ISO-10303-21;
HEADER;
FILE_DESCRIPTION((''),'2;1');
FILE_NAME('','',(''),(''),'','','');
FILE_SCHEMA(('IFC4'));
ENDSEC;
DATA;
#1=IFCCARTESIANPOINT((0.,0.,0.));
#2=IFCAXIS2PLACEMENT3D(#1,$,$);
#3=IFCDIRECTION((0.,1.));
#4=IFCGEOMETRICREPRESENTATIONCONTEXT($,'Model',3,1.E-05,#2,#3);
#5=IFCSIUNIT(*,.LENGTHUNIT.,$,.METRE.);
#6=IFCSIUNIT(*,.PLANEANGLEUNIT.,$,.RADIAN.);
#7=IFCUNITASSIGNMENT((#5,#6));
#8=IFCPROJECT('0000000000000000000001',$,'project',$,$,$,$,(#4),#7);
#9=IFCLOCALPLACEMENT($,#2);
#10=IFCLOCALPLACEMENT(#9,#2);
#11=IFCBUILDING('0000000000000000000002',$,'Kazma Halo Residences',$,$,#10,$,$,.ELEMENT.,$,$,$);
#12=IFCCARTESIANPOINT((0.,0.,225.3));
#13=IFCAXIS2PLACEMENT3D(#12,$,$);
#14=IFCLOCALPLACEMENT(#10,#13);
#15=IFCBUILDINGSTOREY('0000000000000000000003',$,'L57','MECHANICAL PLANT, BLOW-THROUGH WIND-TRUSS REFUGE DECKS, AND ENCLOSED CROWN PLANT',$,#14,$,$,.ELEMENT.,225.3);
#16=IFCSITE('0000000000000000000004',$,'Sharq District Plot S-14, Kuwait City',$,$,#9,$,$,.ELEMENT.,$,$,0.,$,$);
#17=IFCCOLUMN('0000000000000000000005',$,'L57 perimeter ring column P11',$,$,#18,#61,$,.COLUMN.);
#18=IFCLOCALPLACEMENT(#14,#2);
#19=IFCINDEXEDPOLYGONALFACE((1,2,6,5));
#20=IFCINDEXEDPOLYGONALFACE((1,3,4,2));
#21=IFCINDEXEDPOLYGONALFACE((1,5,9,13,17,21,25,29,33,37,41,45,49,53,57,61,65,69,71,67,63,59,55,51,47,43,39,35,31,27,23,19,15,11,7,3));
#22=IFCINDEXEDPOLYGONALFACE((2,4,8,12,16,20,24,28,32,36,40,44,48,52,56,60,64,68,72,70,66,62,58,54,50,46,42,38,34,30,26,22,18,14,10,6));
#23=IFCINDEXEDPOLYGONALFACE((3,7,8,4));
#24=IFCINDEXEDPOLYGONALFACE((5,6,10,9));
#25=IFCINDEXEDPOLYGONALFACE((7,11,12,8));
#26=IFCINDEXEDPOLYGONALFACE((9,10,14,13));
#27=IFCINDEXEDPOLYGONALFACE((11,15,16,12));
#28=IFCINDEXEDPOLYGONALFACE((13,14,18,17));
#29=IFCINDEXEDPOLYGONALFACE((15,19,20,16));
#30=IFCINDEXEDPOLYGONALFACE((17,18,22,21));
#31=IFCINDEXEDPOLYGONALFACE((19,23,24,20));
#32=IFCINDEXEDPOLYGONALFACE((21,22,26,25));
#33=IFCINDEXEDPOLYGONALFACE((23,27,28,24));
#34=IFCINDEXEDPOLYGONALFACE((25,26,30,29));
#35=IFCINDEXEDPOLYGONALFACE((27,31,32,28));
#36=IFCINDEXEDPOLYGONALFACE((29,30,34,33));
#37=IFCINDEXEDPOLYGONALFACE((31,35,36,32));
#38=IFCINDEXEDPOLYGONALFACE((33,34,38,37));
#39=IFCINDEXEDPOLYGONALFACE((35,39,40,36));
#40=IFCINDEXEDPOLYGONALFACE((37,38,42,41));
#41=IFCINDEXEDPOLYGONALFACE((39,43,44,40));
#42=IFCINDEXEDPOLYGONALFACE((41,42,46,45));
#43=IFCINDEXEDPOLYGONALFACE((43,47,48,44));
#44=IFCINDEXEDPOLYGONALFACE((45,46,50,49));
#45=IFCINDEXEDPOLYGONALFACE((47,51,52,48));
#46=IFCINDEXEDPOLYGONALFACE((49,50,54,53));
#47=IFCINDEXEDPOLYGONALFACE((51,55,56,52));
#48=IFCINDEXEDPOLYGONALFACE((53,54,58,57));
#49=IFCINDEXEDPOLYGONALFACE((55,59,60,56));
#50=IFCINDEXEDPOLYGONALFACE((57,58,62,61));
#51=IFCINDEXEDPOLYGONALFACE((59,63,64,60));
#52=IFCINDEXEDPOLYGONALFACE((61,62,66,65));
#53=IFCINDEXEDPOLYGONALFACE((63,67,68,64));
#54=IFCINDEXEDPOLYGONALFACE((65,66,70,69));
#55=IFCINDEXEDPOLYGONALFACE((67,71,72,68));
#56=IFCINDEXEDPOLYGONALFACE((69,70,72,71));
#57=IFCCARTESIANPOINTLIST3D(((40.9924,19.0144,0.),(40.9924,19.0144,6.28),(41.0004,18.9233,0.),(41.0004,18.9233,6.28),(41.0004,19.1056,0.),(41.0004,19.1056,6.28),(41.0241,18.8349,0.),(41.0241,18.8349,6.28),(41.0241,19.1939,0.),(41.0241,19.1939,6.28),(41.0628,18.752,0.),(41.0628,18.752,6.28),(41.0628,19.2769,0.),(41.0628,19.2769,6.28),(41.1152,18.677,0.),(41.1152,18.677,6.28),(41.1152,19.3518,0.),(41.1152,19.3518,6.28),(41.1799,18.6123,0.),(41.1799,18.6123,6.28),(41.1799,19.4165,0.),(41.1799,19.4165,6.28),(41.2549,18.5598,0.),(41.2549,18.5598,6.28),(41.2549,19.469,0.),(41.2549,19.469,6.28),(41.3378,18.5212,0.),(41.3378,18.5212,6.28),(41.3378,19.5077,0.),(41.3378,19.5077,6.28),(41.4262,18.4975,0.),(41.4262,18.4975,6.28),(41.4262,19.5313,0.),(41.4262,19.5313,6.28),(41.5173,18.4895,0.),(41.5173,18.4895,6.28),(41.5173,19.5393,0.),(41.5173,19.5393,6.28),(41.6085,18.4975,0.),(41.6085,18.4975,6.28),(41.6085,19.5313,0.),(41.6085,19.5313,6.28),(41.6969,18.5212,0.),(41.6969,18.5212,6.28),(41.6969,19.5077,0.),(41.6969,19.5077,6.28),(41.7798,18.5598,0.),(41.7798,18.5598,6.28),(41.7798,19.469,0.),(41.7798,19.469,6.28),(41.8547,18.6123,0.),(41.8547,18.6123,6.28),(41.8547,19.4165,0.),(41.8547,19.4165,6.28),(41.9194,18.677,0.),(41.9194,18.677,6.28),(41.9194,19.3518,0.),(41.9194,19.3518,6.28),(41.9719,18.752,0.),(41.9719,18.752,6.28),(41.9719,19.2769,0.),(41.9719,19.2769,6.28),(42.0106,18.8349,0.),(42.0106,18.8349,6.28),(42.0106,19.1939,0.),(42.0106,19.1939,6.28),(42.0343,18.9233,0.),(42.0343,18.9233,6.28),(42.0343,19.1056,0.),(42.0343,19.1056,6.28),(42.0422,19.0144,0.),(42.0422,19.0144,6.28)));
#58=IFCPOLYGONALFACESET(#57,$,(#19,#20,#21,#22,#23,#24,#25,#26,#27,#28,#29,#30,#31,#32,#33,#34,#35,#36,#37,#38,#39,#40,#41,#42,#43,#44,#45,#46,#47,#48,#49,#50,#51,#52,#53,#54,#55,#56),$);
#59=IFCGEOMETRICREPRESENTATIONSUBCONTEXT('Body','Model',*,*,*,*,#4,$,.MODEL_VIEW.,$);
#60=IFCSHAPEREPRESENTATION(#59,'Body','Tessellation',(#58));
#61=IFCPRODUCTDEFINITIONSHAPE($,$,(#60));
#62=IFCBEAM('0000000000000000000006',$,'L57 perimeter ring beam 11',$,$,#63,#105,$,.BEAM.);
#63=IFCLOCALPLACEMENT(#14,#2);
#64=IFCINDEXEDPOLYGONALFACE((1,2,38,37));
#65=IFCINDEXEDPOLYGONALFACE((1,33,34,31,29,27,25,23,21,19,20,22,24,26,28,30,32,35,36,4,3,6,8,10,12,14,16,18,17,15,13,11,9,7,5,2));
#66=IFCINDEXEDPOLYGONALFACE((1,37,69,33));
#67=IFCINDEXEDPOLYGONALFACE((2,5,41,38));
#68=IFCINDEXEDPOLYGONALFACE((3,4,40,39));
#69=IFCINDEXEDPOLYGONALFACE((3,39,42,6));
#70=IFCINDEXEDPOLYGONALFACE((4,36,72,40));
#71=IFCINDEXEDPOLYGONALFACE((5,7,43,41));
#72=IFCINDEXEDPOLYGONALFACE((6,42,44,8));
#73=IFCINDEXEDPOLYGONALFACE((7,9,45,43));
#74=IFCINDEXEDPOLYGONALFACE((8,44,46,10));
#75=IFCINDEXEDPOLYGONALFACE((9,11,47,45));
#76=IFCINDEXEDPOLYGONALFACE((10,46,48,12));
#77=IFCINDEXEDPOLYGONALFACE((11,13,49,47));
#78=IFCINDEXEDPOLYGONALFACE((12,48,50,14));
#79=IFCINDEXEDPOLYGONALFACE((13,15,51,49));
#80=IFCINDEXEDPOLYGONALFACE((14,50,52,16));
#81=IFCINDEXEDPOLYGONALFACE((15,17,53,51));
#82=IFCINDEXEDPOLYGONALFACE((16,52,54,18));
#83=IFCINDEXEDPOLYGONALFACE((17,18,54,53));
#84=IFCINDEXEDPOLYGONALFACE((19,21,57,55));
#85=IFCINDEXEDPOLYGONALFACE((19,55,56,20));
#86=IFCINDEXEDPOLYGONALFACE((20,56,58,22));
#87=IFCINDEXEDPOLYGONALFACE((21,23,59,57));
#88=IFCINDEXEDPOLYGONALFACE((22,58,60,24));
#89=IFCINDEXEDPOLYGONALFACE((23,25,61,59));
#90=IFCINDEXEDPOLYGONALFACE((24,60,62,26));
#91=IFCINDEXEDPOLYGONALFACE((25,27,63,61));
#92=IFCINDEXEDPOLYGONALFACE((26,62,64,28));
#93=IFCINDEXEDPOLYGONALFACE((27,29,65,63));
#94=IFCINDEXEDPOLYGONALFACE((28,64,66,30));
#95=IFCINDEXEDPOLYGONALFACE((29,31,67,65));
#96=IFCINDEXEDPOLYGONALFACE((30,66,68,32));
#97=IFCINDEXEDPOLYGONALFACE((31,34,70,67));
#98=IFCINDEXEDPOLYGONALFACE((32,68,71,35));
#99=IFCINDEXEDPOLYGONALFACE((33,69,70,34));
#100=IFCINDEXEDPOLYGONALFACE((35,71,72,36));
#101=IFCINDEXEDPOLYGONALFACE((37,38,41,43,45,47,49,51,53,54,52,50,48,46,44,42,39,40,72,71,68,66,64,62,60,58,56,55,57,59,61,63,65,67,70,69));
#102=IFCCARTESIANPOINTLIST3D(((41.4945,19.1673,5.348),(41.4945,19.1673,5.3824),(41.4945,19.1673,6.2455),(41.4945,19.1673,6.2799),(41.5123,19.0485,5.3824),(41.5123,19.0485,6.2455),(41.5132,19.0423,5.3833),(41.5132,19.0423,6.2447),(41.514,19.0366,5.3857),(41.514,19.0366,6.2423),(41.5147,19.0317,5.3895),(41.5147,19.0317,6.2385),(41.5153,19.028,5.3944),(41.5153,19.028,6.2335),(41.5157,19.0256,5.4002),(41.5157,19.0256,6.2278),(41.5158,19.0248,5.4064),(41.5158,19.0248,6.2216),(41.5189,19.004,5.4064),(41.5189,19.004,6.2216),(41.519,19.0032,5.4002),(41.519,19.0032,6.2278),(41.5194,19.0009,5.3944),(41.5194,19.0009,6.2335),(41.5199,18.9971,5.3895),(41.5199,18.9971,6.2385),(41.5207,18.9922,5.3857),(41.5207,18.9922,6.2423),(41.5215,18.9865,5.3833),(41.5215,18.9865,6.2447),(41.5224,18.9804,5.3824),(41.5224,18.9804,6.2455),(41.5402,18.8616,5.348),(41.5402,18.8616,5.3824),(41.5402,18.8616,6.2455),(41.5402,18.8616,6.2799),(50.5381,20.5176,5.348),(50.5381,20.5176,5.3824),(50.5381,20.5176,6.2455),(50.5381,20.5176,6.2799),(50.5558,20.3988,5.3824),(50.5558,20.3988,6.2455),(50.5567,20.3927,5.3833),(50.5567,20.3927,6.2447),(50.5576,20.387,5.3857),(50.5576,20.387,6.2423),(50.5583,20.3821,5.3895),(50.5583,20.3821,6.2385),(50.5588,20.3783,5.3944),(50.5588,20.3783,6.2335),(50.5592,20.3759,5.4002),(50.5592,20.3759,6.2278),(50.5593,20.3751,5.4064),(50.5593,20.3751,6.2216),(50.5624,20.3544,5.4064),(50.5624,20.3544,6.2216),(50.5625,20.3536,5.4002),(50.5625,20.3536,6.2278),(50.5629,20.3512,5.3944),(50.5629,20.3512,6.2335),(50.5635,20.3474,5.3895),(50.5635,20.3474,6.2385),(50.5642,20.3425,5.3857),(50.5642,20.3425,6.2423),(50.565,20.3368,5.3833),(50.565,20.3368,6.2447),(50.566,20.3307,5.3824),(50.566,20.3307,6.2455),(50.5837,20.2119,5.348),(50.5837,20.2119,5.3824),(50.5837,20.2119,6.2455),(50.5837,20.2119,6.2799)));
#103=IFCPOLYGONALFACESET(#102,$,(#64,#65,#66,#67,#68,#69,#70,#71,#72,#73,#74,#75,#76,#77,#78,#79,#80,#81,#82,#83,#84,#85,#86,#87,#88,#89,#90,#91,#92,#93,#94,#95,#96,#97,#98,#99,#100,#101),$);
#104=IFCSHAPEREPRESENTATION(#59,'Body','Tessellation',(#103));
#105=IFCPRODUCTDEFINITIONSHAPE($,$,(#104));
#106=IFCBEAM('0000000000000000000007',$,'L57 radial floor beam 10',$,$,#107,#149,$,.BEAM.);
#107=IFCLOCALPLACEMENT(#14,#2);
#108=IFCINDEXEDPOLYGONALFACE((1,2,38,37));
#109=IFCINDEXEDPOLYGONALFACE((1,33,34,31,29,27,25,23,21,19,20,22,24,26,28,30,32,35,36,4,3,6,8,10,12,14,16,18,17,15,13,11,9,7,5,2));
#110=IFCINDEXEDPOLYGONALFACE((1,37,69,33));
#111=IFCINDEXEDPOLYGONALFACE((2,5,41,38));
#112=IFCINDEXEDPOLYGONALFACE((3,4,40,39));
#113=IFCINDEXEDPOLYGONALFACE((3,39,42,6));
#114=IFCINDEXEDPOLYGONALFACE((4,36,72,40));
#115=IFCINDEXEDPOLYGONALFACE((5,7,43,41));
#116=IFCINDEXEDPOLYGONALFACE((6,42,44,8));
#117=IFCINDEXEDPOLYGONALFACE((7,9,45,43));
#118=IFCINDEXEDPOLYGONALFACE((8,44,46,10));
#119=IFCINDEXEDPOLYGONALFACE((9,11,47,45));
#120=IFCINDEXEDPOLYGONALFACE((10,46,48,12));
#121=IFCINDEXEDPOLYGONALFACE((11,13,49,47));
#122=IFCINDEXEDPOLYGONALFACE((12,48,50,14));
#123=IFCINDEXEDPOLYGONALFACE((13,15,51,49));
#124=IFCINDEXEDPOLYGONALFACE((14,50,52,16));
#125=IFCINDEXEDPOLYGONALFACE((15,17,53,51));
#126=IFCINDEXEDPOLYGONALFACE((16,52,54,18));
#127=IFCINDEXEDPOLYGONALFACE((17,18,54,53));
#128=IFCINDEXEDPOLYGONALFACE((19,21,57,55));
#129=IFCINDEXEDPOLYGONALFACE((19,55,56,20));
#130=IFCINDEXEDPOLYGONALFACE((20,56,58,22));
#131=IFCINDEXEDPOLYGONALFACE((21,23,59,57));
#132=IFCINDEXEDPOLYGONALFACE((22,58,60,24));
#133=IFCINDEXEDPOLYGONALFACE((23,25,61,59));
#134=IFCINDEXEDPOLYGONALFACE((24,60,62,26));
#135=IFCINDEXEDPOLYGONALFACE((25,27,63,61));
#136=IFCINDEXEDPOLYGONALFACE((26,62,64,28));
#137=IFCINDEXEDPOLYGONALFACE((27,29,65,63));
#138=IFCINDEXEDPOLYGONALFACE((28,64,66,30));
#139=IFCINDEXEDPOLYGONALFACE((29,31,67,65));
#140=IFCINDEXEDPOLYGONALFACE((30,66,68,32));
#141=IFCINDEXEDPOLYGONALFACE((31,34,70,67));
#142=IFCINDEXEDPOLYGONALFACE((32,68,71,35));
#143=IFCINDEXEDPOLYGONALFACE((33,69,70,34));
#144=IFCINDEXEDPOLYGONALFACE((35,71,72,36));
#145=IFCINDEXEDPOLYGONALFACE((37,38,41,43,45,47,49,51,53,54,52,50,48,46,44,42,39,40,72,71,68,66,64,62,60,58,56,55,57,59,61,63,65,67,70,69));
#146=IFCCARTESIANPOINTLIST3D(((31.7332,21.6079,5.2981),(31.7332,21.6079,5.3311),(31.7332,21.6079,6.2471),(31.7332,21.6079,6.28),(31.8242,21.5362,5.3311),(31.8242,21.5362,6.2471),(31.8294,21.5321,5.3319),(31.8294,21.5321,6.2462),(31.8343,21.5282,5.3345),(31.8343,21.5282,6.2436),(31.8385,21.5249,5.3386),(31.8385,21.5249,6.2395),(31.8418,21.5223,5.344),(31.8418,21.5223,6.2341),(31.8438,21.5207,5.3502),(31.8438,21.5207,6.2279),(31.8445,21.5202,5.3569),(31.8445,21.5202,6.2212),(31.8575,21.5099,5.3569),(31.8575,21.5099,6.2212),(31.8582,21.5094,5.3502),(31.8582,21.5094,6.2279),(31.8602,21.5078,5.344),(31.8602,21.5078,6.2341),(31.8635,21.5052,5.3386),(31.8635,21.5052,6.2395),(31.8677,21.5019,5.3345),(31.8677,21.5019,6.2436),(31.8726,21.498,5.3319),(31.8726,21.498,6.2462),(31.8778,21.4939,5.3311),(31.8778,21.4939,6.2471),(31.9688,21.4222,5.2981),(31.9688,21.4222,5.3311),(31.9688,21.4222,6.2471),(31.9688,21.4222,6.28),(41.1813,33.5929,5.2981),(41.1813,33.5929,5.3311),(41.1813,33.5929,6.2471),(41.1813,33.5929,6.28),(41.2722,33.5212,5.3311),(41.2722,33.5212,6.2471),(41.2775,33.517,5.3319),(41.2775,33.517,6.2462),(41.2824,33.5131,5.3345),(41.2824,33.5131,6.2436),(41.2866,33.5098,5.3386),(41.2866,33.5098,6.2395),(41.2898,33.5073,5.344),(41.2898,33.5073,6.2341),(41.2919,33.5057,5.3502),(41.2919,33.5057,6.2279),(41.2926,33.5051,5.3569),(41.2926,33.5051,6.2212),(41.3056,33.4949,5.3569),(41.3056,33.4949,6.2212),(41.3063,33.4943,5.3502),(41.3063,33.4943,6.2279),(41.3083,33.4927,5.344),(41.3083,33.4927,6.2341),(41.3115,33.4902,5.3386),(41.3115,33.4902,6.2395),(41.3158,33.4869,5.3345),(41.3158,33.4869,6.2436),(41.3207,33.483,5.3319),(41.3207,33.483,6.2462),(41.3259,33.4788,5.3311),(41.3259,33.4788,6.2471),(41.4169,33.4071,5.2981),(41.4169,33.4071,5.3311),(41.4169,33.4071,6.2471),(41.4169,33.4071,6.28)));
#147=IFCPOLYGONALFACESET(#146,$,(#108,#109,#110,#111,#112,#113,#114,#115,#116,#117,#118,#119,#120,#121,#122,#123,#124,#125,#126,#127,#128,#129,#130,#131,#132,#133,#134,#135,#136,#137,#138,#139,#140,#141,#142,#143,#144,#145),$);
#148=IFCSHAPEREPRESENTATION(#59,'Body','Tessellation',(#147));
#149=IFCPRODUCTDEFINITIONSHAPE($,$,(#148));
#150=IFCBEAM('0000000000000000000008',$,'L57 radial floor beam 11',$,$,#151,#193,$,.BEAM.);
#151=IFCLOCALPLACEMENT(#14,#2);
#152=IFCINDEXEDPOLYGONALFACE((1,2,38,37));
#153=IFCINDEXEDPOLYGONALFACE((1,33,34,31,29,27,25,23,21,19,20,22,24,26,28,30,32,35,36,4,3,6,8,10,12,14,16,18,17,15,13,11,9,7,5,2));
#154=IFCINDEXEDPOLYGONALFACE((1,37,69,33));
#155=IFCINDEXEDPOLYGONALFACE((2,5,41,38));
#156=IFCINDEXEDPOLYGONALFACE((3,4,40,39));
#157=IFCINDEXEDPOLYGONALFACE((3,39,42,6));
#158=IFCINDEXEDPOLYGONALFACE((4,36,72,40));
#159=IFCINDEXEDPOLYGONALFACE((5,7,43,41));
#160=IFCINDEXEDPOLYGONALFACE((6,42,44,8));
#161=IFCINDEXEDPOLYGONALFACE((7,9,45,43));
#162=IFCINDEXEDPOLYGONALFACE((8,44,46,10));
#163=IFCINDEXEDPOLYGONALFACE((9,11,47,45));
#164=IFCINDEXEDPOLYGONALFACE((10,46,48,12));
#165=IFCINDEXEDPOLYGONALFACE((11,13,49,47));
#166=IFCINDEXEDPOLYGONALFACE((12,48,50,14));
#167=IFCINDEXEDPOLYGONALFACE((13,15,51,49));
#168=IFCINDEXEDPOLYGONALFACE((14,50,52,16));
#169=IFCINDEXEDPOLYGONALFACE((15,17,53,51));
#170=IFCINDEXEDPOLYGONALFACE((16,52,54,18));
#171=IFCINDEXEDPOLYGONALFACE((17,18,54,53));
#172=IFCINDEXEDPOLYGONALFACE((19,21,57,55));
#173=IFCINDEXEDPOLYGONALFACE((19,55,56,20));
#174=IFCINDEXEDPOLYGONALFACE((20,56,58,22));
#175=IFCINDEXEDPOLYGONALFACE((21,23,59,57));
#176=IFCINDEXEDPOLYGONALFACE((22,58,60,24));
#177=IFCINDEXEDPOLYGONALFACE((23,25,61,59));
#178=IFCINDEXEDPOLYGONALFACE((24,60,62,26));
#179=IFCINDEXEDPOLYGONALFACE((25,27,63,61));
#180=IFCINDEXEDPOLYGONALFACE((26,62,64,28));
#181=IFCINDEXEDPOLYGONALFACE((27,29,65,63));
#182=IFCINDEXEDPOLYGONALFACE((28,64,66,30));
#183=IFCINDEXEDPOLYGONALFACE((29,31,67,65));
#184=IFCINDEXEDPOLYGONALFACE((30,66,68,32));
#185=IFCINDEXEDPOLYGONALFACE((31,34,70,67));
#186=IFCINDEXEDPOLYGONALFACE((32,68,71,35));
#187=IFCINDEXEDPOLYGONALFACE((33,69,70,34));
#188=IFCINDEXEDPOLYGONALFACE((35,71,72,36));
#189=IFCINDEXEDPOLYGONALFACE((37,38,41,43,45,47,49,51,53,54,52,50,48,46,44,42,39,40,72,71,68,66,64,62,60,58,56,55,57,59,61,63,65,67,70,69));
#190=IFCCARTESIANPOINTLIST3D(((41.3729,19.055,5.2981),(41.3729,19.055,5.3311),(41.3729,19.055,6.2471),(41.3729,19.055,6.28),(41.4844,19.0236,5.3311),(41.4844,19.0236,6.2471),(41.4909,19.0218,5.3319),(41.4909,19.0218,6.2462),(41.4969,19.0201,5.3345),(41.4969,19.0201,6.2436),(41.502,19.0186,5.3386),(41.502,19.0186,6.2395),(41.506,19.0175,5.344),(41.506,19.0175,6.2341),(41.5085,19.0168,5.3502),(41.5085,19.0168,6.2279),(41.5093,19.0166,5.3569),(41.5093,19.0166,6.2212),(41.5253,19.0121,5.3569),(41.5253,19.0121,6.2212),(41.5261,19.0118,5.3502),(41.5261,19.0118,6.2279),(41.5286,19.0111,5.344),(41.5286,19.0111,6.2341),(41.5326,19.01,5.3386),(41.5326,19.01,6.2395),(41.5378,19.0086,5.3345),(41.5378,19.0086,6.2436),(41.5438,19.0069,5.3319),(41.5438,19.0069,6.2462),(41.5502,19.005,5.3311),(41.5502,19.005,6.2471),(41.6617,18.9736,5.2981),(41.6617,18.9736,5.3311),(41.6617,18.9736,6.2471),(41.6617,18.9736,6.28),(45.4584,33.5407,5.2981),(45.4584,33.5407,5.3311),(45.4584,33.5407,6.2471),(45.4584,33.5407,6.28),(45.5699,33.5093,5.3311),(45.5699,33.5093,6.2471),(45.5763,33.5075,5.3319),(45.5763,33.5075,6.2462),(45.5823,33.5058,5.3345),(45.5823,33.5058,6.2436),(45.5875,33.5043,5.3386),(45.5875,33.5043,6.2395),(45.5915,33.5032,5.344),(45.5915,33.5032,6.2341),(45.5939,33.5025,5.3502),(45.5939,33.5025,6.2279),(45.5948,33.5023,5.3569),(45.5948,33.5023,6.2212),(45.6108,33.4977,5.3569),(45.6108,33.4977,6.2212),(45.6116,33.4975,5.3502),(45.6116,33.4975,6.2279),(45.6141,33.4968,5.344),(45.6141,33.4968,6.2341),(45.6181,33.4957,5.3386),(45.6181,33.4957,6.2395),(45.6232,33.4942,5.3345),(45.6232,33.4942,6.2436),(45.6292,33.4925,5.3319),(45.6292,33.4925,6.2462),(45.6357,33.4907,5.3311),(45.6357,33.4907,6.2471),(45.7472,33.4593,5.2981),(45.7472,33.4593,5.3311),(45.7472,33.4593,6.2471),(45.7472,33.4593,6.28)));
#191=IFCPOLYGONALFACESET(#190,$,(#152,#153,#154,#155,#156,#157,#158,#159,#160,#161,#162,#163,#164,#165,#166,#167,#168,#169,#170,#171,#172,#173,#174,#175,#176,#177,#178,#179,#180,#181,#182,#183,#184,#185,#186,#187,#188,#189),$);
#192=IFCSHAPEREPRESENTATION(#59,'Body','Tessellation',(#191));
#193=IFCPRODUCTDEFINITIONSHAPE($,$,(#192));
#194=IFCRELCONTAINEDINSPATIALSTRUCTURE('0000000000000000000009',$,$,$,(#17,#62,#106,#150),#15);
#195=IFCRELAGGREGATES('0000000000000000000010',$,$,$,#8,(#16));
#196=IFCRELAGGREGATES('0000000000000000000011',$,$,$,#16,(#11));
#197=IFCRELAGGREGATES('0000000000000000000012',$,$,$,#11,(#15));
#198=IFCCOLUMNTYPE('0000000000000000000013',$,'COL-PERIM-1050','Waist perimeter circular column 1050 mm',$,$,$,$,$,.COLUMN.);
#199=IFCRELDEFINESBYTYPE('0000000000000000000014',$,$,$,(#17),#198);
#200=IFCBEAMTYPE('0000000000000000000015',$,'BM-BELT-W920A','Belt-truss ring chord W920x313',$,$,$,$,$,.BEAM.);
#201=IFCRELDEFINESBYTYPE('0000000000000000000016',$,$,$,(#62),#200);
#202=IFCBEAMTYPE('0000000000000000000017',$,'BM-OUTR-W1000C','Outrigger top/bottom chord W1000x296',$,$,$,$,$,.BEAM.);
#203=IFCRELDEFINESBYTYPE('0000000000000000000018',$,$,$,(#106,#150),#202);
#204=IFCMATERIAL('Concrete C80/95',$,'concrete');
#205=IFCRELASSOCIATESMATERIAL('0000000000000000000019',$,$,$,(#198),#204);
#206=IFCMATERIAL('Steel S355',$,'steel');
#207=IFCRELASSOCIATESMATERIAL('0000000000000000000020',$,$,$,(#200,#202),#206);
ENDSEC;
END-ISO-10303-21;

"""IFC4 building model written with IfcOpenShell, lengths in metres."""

from ifc_helpers import new_model, si_unit, direction, frame, origin, origin_2d, place, context, subcontext, project, spatial, circle, i_section, extrude, material, material_profile, profile_set, type_object, element, save


model = new_model("IFC4")

# Units and contexts
model_context = context("Model", 3, precision=1e-05, world=origin(), true_north=direction((0.0, 1.0)))
body_context = subcontext(model_context, "Body", "Model", "MODEL_VIEW")
ifc_project = project(units=[si_unit("LENGTHUNIT", "METRE"), si_unit("PLANEANGLEUNIT", "RADIAN")], contexts=[model_context])

# Site, building, storey
site_placement = place(None, origin())
site = spatial("IfcSite", under=ifc_project, at=site_placement, Name="Sharq District Plot S-14, Kuwait City", CompositionType="ELEMENT", RefElevation=0.0)
building_placement = place(site_placement, origin())
building = spatial("IfcBuilding", under=site, at=building_placement, Name="Kazma Halo Residences", CompositionType="ELEMENT")
storey_placement = place(building_placement, frame((0.0, 0.0, 225.3)))
storey = spatial("IfcBuildingStorey", under=building, at=storey_placement, Name="L57", Description="MECHANICAL PLANT, BLOW-THROUGH WIND-TRUSS REFUGE DECKS, AND ENCLOSED CROWN PLANT", CompositionType="ELEMENT", Elevation=225.3)

# Column
ifc_material_1 = material(Name="Concrete C80/95", Category="concrete")
ifc_material_profile_1 = material_profile(ifc_material_1, circle(Radius=0.5249, at=origin_2d()), Name="CIRC1050")
ifc_profile_set_1 = profile_set([ifc_material_profile_1], Name="Concrete C80/95")
column_type = type_object("IfcColumnType", Name="COL-PERIM-1050", Description="Waist perimeter circular column 1050 mm", PredefinedType="COLUMN", material=ifc_profile_set_1)
column_placement = place(storey_placement, frame((41.5173, 19.0144, 0.0), z_axis=(0.0, 0.0, 1.0), x_axis=(1.0, 0.0, 0.0)))
element("IfcColumn", 1, at=column_placement, inside=storey, type_object=column_type, Name="L57 perimeter ring column P11", PredefinedType="COLUMN", context=body_context, shape_type="SweptSolid", body=[
    extrude(circle(Radius=0.5249, at=origin_2d()), origin(), (0.0, 0.0, 1.0), 6.28),
])

# Beams
ifc_material_2 = material(Name="Steel S355", Category="steel")
ifc_material_profile_2 = material_profile(ifc_material_2, i_section(OverallWidth=0.3091, OverallDepth=0.9319, WebThickness=0.021, FlangeThickness=0.0344, FilletRadius=0.0239, at=origin_2d()), Name="W920x313")
ifc_profile_set_2 = profile_set([ifc_material_profile_2], Name="Steel S355")
beam_type_1 = type_object("IfcBeamType", Name="BM-BELT-W920A", Description="Belt-truss ring chord W920x313", PredefinedType="BEAM", material=ifc_profile_set_2)
beam_1_placement = place(storey_placement, frame((41.5173, 19.0144, 5.814), z_axis=(0.989035, 0.14768, 0.0), x_axis=(-0.14768, 0.989035, 0.0)))
element("IfcBeam", 2, at=beam_1_placement, inside=storey, type_object=beam_type_1, Name="L57 perimeter ring beam 11", PredefinedType="BEAM", context=body_context, shape_type="SweptSolid", body=[
    extrude(i_section(OverallWidth=0.3091, OverallDepth=0.9319, WebThickness=0.021, FlangeThickness=0.0344, FilletRadius=0.0239, at=origin_2d()), origin(), (0.0, 0.0, 1.0), 9.1438),
])
ifc_material_profile_3 = material_profile(ifc_material_2, i_section(OverallWidth=0.3, OverallDepth=0.9819, WebThickness=0.0166, FlangeThickness=0.033, FilletRadius=0.0259, at=origin_2d()), Name="W1000x296")
ifc_profile_set_3 = profile_set([ifc_material_profile_3], Name="Steel S355")
beam_type_2 = type_object("IfcBeamType", Name="BM-OUTR-W1000C", Description="Outrigger top/bottom chord W1000x296", PredefinedType="BEAM", material=ifc_profile_set_3)
beam_2_placement = place(storey_placement, frame((41.2991, 33.5, 5.7891), z_axis=(-0.61909, -0.78532, 0.0), x_axis=(0.78532, -0.61909, 0.0)))
element("IfcBeam", 3, at=beam_2_placement, inside=storey, type_object=beam_type_2, Name="L57 radial floor beam 10", PredefinedType="BEAM", context=body_context, shape_type="SweptSolid", body=[
    extrude(i_section(OverallWidth=0.3, OverallDepth=0.9819, WebThickness=0.0166, FlangeThickness=0.033, FilletRadius=0.0259, at=origin_2d()), origin(), (0.0, 0.0, 1.0), 15.2612),
])
beam_3_placement = place(storey_placement, frame((45.6028, 33.5, 5.7891), z_axis=(-0.271446, -0.962454, 0.0), x_axis=(0.962454, -0.271446, 0.0)))
element("IfcBeam", 4, at=beam_3_placement, inside=storey, type_object=beam_type_2, Name="L57 radial floor beam 11", PredefinedType="BEAM", context=body_context, shape_type="SweptSolid", body=[
    extrude(i_section(OverallWidth=0.3, OverallDepth=0.9819, WebThickness=0.0166, FlangeThickness=0.033, FilletRadius=0.0259, at=origin_2d()), origin(), (0.0, 0.0, 1.0), 15.0508),
])

save(model, "model.ifc")
